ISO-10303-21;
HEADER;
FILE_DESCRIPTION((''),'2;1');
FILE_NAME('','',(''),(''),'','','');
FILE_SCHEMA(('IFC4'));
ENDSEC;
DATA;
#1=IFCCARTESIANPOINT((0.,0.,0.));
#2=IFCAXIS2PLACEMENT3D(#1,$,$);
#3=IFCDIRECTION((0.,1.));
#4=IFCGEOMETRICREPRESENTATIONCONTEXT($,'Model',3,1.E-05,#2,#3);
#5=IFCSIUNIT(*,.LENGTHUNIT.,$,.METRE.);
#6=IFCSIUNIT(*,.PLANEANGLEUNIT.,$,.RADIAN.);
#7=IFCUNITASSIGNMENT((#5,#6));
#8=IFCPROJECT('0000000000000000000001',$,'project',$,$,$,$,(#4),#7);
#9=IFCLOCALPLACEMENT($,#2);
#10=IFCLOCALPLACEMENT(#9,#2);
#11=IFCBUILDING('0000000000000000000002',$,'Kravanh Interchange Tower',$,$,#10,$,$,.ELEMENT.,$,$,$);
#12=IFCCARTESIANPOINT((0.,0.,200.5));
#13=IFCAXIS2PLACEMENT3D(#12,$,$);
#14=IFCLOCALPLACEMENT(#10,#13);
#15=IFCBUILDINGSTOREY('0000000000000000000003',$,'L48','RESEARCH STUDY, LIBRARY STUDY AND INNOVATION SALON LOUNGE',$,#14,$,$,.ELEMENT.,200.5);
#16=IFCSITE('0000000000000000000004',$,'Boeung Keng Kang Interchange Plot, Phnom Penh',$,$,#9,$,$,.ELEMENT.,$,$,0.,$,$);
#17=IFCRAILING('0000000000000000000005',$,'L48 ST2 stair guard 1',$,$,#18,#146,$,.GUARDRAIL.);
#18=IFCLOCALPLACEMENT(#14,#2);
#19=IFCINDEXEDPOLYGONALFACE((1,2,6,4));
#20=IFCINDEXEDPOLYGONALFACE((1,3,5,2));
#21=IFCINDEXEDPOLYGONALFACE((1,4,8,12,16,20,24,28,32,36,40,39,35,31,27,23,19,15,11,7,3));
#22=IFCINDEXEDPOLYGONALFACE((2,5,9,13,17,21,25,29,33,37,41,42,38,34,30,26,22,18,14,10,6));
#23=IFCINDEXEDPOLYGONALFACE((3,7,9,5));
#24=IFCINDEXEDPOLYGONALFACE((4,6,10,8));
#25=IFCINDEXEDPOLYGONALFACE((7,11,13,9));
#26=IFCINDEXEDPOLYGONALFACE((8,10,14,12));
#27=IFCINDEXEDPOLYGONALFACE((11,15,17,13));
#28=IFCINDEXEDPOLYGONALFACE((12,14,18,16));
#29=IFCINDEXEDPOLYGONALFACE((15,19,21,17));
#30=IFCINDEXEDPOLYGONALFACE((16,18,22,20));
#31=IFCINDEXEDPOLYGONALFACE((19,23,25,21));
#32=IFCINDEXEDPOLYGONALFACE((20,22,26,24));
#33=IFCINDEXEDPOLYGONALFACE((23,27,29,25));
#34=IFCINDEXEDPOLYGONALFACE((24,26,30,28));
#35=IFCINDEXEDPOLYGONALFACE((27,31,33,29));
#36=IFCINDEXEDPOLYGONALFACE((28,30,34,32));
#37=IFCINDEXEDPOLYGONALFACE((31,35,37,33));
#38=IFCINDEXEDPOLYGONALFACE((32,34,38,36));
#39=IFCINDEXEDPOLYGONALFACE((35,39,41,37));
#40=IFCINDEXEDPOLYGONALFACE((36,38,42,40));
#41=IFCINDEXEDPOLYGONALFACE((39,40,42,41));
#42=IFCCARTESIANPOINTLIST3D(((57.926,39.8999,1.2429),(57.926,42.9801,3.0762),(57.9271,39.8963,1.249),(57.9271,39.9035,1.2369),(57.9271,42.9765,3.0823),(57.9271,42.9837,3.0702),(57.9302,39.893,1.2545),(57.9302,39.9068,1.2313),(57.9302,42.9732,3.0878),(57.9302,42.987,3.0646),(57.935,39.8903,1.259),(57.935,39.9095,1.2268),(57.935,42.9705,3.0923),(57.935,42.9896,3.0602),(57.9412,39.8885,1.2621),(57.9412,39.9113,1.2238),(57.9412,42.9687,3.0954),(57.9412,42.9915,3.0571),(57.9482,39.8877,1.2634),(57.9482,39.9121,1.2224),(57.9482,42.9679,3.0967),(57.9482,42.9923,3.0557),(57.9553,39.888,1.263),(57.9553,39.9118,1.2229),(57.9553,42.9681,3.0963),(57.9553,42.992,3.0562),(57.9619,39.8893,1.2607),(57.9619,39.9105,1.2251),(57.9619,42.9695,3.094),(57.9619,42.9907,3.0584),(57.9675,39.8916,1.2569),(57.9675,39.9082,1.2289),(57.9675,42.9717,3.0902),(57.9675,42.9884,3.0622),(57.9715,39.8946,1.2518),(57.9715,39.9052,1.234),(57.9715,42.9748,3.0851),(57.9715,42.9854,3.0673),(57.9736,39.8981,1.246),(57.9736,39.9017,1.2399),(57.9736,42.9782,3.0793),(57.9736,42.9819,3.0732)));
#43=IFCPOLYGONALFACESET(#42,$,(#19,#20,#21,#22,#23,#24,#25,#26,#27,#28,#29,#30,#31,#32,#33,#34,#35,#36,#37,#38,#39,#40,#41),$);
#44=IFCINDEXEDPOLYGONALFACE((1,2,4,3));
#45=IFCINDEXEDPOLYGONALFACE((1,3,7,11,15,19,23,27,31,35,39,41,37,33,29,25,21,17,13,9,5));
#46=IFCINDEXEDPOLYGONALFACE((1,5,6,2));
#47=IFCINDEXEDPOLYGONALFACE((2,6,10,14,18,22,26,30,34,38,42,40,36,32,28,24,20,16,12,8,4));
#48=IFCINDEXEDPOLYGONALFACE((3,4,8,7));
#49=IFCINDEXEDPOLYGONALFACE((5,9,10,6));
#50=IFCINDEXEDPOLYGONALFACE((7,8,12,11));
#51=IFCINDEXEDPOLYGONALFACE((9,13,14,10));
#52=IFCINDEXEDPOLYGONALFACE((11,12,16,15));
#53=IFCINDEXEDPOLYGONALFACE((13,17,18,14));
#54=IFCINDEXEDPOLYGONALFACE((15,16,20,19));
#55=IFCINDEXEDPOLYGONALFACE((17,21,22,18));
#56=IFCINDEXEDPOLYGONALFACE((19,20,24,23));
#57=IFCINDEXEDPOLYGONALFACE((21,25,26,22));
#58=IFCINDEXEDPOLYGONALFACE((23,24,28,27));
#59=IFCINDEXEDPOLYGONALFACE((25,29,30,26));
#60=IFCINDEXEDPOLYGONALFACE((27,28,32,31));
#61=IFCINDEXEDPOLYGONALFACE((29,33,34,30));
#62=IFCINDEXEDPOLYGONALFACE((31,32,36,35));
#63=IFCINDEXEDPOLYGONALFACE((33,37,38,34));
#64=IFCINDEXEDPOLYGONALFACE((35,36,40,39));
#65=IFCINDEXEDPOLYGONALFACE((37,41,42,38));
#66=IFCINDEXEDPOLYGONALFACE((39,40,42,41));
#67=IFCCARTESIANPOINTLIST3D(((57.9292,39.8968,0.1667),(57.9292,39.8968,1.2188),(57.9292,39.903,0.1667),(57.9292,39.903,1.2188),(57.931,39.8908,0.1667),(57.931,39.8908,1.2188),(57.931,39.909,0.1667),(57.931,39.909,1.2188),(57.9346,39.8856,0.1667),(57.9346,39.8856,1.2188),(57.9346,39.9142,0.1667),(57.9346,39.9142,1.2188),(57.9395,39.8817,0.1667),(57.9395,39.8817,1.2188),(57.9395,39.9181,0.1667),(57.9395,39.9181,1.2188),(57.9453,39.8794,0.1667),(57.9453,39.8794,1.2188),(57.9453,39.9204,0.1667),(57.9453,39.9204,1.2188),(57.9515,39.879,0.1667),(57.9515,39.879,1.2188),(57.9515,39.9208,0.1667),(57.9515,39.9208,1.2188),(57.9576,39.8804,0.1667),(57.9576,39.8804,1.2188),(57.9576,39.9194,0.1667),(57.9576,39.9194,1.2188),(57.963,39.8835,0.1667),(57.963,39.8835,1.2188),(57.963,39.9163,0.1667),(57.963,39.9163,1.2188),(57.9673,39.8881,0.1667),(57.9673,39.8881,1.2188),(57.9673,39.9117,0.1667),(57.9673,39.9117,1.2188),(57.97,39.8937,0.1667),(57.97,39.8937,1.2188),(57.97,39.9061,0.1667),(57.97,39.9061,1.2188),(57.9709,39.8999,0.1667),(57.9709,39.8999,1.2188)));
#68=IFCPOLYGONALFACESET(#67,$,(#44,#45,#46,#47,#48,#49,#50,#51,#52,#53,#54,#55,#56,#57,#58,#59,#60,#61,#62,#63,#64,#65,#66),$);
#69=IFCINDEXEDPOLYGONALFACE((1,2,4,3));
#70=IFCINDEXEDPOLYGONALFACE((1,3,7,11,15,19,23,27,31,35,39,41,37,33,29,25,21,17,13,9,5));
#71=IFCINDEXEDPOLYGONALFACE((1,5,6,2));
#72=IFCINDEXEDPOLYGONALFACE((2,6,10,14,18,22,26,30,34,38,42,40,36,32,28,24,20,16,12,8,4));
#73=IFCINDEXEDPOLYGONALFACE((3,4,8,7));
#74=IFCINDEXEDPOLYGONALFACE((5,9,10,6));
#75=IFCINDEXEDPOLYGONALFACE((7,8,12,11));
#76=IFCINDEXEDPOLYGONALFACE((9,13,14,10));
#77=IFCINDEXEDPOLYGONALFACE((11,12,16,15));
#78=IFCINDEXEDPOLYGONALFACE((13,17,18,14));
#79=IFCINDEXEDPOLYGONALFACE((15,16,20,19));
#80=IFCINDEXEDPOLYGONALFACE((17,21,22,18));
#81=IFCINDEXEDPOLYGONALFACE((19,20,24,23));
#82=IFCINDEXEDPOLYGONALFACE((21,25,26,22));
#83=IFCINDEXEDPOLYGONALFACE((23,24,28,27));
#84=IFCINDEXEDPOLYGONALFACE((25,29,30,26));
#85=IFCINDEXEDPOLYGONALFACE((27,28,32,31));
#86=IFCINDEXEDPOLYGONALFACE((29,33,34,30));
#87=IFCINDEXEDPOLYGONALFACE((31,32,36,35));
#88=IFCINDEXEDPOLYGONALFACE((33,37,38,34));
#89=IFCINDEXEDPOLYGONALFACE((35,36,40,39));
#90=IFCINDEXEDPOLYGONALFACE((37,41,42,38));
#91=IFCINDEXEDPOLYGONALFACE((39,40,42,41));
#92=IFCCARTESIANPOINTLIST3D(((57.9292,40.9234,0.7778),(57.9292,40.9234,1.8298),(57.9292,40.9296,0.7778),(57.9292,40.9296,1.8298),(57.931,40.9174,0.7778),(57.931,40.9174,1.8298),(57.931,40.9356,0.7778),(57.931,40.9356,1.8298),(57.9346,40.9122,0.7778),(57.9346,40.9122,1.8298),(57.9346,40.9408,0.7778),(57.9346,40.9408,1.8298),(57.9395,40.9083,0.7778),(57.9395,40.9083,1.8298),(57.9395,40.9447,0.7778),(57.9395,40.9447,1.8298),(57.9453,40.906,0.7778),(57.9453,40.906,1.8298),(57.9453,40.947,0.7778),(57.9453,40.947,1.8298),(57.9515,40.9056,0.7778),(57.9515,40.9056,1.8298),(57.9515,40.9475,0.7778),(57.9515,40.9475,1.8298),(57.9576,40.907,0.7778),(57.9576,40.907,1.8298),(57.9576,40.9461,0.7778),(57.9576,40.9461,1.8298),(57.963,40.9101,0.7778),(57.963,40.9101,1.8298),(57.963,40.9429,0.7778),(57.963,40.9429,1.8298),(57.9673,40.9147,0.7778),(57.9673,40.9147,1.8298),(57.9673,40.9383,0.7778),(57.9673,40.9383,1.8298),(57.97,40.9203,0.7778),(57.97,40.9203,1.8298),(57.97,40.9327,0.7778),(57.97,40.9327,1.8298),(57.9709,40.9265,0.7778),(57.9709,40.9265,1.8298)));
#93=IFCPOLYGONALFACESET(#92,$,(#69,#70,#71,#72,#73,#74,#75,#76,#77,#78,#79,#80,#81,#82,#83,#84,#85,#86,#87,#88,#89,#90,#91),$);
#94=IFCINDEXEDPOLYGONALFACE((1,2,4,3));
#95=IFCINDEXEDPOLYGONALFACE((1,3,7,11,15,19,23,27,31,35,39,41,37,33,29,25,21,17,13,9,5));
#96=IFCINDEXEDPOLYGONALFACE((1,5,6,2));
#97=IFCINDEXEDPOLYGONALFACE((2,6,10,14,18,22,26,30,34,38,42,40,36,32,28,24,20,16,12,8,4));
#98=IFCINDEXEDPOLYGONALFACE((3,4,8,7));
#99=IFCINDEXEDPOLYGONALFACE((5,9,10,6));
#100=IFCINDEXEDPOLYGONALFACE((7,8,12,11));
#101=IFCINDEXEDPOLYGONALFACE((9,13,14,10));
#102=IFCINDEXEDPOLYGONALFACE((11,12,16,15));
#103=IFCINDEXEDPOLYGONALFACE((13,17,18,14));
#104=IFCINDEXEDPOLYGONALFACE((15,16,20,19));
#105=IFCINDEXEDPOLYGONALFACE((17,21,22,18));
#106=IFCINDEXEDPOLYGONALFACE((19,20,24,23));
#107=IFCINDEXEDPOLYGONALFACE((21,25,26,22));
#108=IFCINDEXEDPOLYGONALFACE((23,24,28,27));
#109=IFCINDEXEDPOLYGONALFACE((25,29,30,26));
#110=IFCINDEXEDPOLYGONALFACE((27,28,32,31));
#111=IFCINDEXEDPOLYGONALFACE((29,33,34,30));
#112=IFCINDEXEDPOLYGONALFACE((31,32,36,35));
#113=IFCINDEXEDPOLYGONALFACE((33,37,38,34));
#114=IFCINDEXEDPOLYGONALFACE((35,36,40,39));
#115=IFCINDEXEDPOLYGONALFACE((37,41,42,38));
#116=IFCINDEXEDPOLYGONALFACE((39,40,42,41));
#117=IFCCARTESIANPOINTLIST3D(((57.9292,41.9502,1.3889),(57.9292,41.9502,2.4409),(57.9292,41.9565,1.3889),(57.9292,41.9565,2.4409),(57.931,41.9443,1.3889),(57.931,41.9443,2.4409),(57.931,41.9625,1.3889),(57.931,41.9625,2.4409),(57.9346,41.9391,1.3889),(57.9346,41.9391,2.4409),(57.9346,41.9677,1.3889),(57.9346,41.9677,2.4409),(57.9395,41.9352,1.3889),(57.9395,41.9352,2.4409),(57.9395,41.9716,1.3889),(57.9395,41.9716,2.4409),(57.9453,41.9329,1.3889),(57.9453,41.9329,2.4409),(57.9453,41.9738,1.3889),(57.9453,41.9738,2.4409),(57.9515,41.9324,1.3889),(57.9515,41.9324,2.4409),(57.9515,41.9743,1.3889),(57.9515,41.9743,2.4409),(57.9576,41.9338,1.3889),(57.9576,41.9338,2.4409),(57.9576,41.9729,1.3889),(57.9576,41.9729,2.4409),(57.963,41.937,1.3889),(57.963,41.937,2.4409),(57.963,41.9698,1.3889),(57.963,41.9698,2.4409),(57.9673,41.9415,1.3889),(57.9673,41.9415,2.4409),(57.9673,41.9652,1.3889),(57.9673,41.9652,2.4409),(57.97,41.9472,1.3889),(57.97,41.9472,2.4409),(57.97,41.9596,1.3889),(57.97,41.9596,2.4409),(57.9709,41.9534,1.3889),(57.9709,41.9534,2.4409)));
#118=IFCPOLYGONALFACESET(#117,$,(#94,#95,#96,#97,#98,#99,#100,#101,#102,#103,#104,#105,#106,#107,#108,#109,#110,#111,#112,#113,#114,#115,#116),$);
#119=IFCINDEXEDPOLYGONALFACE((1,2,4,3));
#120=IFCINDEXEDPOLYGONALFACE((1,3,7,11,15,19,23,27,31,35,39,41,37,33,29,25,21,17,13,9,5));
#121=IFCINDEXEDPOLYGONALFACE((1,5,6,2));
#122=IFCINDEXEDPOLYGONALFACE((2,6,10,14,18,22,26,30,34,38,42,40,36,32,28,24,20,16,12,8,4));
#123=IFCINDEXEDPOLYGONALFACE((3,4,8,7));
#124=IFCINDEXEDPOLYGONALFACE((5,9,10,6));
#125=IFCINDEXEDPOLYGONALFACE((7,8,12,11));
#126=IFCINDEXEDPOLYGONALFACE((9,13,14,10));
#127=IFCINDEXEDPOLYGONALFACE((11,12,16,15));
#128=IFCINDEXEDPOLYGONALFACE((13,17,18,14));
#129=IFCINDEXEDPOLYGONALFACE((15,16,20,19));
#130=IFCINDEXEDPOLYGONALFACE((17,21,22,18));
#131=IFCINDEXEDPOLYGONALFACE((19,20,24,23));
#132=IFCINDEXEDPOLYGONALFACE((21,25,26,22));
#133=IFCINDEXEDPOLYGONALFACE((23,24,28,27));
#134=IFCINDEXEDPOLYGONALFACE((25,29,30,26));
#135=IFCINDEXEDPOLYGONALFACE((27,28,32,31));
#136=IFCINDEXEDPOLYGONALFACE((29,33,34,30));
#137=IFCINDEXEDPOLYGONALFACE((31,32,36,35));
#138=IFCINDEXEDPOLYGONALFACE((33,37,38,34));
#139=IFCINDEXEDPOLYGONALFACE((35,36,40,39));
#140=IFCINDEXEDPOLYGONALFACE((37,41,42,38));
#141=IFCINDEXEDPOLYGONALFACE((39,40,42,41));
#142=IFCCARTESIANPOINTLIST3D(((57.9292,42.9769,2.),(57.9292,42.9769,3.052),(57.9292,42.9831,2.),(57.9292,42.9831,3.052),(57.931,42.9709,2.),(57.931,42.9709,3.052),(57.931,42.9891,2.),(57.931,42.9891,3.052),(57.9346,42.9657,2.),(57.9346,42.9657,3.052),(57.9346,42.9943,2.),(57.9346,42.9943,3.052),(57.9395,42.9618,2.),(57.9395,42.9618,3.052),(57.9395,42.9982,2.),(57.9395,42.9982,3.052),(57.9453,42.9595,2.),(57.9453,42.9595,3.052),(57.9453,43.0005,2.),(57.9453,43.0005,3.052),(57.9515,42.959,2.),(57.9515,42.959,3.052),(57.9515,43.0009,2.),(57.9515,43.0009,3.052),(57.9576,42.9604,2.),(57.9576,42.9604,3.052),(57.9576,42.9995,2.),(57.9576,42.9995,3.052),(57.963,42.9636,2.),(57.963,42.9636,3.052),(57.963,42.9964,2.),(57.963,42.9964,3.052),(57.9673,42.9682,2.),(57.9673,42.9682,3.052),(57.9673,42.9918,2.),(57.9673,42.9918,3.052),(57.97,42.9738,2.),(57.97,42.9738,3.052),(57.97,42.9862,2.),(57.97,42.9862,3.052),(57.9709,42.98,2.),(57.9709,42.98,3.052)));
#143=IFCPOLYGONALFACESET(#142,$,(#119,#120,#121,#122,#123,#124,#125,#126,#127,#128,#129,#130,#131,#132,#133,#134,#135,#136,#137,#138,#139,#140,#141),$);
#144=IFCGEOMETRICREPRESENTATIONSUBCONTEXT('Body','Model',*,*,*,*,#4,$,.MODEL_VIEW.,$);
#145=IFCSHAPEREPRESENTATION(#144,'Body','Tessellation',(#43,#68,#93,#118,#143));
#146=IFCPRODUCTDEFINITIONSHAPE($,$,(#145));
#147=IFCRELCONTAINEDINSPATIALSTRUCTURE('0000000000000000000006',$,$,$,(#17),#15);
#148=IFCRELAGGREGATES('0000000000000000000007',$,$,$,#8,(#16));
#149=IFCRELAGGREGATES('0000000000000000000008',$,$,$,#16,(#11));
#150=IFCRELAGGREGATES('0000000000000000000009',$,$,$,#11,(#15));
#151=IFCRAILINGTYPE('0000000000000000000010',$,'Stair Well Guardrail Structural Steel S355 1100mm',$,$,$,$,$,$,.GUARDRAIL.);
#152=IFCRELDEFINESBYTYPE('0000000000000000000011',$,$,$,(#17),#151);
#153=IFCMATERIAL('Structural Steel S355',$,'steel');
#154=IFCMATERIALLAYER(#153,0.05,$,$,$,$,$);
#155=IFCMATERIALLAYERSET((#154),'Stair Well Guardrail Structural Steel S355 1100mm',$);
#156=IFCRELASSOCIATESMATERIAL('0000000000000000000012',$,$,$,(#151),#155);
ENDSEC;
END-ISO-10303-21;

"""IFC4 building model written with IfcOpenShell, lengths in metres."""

from ifc_helpers import new_model, si_unit, direction, frame, origin, origin_2d, place, context, subcontext, project, spatial, circle, extrude, material, layer, layer_set, type_object, element, save


model = new_model("IFC4")

# Units and contexts
model_context = context("Model", 3, precision=1e-05, world=origin(), true_north=direction((0.0, 1.0)))
body_context = subcontext(model_context, "Body", "Model", "MODEL_VIEW")
ifc_project = project(units=[si_unit("LENGTHUNIT", "METRE"), si_unit("PLANEANGLEUNIT", "RADIAN")], contexts=[model_context])

# Site, building, storey
site_placement = place(None, origin())
site = spatial("IfcSite", under=ifc_project, at=site_placement, Name="Boeung Keng Kang Interchange Plot, Phnom Penh", CompositionType="ELEMENT", RefElevation=0.0)
building_placement = place(site_placement, origin())
building = spatial("IfcBuilding", under=site, at=building_placement, Name="Kravanh Interchange Tower", CompositionType="ELEMENT")
storey_placement = place(building_placement, frame((0.0, 0.0, 200.5)))
storey = spatial("IfcBuildingStorey", under=building, at=storey_placement, Name="L48", Description="RESEARCH STUDY, LIBRARY STUDY AND INNOVATION SALON LOUNGE", CompositionType="ELEMENT", Elevation=200.5)

# Railing
ifc_material_1 = material(Name="Structural Steel S355", Category="steel")
ifc_layer_1 = layer(ifc_material_1, 0.05)
ifc_layer_set_1 = layer_set([ifc_layer_1], Name="Stair Well Guardrail Structural Steel S355 1100mm")
railing_type_1 = type_object("IfcRailingType", Name="Stair Well Guardrail Structural Steel S355 1100mm", PredefinedType="GUARDRAIL", material=ifc_layer_set_1)
railing_1_placement = place(storey_placement, frame((57.95, 39.8999, 0.1667)))
element("IfcRailing", 1, at=railing_1_placement, inside=storey, type_object=railing_type_1, Name="L48 ST2 stair guard 1", PredefinedType="GUARDRAIL", context=body_context, shape_type="SweptSolid", body=[
    extrude(circle(Radius=0.0239, at=origin_2d()), frame((0.0, 0.0, 1.0762), z_axis=(0.0, 0.859309, 0.511458), x_axis=(-1.0, 0.0, 0.0)), (0.0, 0.0, 1.0), 3.5845),
    extrude(circle(Radius=0.021, at=origin_2d()), origin(), (0.0, 0.0, 1.0), 1.052),
    extrude(circle(Radius=0.021, at=origin_2d()), frame((0.0, 1.0266, 0.6111)), (0.0, 0.0, 1.0), 1.052),
    extrude(circle(Radius=0.021, at=origin_2d()), frame((0.0, 2.0535, 1.2222)), (0.0, 0.0, 1.0), 1.052),
    extrude(circle(Radius=0.021, at=origin_2d()), frame((0.0, 3.0801, 1.8333)), (0.0, 0.0, 1.0), 1.052),
])

save(model, "model.ifc")
